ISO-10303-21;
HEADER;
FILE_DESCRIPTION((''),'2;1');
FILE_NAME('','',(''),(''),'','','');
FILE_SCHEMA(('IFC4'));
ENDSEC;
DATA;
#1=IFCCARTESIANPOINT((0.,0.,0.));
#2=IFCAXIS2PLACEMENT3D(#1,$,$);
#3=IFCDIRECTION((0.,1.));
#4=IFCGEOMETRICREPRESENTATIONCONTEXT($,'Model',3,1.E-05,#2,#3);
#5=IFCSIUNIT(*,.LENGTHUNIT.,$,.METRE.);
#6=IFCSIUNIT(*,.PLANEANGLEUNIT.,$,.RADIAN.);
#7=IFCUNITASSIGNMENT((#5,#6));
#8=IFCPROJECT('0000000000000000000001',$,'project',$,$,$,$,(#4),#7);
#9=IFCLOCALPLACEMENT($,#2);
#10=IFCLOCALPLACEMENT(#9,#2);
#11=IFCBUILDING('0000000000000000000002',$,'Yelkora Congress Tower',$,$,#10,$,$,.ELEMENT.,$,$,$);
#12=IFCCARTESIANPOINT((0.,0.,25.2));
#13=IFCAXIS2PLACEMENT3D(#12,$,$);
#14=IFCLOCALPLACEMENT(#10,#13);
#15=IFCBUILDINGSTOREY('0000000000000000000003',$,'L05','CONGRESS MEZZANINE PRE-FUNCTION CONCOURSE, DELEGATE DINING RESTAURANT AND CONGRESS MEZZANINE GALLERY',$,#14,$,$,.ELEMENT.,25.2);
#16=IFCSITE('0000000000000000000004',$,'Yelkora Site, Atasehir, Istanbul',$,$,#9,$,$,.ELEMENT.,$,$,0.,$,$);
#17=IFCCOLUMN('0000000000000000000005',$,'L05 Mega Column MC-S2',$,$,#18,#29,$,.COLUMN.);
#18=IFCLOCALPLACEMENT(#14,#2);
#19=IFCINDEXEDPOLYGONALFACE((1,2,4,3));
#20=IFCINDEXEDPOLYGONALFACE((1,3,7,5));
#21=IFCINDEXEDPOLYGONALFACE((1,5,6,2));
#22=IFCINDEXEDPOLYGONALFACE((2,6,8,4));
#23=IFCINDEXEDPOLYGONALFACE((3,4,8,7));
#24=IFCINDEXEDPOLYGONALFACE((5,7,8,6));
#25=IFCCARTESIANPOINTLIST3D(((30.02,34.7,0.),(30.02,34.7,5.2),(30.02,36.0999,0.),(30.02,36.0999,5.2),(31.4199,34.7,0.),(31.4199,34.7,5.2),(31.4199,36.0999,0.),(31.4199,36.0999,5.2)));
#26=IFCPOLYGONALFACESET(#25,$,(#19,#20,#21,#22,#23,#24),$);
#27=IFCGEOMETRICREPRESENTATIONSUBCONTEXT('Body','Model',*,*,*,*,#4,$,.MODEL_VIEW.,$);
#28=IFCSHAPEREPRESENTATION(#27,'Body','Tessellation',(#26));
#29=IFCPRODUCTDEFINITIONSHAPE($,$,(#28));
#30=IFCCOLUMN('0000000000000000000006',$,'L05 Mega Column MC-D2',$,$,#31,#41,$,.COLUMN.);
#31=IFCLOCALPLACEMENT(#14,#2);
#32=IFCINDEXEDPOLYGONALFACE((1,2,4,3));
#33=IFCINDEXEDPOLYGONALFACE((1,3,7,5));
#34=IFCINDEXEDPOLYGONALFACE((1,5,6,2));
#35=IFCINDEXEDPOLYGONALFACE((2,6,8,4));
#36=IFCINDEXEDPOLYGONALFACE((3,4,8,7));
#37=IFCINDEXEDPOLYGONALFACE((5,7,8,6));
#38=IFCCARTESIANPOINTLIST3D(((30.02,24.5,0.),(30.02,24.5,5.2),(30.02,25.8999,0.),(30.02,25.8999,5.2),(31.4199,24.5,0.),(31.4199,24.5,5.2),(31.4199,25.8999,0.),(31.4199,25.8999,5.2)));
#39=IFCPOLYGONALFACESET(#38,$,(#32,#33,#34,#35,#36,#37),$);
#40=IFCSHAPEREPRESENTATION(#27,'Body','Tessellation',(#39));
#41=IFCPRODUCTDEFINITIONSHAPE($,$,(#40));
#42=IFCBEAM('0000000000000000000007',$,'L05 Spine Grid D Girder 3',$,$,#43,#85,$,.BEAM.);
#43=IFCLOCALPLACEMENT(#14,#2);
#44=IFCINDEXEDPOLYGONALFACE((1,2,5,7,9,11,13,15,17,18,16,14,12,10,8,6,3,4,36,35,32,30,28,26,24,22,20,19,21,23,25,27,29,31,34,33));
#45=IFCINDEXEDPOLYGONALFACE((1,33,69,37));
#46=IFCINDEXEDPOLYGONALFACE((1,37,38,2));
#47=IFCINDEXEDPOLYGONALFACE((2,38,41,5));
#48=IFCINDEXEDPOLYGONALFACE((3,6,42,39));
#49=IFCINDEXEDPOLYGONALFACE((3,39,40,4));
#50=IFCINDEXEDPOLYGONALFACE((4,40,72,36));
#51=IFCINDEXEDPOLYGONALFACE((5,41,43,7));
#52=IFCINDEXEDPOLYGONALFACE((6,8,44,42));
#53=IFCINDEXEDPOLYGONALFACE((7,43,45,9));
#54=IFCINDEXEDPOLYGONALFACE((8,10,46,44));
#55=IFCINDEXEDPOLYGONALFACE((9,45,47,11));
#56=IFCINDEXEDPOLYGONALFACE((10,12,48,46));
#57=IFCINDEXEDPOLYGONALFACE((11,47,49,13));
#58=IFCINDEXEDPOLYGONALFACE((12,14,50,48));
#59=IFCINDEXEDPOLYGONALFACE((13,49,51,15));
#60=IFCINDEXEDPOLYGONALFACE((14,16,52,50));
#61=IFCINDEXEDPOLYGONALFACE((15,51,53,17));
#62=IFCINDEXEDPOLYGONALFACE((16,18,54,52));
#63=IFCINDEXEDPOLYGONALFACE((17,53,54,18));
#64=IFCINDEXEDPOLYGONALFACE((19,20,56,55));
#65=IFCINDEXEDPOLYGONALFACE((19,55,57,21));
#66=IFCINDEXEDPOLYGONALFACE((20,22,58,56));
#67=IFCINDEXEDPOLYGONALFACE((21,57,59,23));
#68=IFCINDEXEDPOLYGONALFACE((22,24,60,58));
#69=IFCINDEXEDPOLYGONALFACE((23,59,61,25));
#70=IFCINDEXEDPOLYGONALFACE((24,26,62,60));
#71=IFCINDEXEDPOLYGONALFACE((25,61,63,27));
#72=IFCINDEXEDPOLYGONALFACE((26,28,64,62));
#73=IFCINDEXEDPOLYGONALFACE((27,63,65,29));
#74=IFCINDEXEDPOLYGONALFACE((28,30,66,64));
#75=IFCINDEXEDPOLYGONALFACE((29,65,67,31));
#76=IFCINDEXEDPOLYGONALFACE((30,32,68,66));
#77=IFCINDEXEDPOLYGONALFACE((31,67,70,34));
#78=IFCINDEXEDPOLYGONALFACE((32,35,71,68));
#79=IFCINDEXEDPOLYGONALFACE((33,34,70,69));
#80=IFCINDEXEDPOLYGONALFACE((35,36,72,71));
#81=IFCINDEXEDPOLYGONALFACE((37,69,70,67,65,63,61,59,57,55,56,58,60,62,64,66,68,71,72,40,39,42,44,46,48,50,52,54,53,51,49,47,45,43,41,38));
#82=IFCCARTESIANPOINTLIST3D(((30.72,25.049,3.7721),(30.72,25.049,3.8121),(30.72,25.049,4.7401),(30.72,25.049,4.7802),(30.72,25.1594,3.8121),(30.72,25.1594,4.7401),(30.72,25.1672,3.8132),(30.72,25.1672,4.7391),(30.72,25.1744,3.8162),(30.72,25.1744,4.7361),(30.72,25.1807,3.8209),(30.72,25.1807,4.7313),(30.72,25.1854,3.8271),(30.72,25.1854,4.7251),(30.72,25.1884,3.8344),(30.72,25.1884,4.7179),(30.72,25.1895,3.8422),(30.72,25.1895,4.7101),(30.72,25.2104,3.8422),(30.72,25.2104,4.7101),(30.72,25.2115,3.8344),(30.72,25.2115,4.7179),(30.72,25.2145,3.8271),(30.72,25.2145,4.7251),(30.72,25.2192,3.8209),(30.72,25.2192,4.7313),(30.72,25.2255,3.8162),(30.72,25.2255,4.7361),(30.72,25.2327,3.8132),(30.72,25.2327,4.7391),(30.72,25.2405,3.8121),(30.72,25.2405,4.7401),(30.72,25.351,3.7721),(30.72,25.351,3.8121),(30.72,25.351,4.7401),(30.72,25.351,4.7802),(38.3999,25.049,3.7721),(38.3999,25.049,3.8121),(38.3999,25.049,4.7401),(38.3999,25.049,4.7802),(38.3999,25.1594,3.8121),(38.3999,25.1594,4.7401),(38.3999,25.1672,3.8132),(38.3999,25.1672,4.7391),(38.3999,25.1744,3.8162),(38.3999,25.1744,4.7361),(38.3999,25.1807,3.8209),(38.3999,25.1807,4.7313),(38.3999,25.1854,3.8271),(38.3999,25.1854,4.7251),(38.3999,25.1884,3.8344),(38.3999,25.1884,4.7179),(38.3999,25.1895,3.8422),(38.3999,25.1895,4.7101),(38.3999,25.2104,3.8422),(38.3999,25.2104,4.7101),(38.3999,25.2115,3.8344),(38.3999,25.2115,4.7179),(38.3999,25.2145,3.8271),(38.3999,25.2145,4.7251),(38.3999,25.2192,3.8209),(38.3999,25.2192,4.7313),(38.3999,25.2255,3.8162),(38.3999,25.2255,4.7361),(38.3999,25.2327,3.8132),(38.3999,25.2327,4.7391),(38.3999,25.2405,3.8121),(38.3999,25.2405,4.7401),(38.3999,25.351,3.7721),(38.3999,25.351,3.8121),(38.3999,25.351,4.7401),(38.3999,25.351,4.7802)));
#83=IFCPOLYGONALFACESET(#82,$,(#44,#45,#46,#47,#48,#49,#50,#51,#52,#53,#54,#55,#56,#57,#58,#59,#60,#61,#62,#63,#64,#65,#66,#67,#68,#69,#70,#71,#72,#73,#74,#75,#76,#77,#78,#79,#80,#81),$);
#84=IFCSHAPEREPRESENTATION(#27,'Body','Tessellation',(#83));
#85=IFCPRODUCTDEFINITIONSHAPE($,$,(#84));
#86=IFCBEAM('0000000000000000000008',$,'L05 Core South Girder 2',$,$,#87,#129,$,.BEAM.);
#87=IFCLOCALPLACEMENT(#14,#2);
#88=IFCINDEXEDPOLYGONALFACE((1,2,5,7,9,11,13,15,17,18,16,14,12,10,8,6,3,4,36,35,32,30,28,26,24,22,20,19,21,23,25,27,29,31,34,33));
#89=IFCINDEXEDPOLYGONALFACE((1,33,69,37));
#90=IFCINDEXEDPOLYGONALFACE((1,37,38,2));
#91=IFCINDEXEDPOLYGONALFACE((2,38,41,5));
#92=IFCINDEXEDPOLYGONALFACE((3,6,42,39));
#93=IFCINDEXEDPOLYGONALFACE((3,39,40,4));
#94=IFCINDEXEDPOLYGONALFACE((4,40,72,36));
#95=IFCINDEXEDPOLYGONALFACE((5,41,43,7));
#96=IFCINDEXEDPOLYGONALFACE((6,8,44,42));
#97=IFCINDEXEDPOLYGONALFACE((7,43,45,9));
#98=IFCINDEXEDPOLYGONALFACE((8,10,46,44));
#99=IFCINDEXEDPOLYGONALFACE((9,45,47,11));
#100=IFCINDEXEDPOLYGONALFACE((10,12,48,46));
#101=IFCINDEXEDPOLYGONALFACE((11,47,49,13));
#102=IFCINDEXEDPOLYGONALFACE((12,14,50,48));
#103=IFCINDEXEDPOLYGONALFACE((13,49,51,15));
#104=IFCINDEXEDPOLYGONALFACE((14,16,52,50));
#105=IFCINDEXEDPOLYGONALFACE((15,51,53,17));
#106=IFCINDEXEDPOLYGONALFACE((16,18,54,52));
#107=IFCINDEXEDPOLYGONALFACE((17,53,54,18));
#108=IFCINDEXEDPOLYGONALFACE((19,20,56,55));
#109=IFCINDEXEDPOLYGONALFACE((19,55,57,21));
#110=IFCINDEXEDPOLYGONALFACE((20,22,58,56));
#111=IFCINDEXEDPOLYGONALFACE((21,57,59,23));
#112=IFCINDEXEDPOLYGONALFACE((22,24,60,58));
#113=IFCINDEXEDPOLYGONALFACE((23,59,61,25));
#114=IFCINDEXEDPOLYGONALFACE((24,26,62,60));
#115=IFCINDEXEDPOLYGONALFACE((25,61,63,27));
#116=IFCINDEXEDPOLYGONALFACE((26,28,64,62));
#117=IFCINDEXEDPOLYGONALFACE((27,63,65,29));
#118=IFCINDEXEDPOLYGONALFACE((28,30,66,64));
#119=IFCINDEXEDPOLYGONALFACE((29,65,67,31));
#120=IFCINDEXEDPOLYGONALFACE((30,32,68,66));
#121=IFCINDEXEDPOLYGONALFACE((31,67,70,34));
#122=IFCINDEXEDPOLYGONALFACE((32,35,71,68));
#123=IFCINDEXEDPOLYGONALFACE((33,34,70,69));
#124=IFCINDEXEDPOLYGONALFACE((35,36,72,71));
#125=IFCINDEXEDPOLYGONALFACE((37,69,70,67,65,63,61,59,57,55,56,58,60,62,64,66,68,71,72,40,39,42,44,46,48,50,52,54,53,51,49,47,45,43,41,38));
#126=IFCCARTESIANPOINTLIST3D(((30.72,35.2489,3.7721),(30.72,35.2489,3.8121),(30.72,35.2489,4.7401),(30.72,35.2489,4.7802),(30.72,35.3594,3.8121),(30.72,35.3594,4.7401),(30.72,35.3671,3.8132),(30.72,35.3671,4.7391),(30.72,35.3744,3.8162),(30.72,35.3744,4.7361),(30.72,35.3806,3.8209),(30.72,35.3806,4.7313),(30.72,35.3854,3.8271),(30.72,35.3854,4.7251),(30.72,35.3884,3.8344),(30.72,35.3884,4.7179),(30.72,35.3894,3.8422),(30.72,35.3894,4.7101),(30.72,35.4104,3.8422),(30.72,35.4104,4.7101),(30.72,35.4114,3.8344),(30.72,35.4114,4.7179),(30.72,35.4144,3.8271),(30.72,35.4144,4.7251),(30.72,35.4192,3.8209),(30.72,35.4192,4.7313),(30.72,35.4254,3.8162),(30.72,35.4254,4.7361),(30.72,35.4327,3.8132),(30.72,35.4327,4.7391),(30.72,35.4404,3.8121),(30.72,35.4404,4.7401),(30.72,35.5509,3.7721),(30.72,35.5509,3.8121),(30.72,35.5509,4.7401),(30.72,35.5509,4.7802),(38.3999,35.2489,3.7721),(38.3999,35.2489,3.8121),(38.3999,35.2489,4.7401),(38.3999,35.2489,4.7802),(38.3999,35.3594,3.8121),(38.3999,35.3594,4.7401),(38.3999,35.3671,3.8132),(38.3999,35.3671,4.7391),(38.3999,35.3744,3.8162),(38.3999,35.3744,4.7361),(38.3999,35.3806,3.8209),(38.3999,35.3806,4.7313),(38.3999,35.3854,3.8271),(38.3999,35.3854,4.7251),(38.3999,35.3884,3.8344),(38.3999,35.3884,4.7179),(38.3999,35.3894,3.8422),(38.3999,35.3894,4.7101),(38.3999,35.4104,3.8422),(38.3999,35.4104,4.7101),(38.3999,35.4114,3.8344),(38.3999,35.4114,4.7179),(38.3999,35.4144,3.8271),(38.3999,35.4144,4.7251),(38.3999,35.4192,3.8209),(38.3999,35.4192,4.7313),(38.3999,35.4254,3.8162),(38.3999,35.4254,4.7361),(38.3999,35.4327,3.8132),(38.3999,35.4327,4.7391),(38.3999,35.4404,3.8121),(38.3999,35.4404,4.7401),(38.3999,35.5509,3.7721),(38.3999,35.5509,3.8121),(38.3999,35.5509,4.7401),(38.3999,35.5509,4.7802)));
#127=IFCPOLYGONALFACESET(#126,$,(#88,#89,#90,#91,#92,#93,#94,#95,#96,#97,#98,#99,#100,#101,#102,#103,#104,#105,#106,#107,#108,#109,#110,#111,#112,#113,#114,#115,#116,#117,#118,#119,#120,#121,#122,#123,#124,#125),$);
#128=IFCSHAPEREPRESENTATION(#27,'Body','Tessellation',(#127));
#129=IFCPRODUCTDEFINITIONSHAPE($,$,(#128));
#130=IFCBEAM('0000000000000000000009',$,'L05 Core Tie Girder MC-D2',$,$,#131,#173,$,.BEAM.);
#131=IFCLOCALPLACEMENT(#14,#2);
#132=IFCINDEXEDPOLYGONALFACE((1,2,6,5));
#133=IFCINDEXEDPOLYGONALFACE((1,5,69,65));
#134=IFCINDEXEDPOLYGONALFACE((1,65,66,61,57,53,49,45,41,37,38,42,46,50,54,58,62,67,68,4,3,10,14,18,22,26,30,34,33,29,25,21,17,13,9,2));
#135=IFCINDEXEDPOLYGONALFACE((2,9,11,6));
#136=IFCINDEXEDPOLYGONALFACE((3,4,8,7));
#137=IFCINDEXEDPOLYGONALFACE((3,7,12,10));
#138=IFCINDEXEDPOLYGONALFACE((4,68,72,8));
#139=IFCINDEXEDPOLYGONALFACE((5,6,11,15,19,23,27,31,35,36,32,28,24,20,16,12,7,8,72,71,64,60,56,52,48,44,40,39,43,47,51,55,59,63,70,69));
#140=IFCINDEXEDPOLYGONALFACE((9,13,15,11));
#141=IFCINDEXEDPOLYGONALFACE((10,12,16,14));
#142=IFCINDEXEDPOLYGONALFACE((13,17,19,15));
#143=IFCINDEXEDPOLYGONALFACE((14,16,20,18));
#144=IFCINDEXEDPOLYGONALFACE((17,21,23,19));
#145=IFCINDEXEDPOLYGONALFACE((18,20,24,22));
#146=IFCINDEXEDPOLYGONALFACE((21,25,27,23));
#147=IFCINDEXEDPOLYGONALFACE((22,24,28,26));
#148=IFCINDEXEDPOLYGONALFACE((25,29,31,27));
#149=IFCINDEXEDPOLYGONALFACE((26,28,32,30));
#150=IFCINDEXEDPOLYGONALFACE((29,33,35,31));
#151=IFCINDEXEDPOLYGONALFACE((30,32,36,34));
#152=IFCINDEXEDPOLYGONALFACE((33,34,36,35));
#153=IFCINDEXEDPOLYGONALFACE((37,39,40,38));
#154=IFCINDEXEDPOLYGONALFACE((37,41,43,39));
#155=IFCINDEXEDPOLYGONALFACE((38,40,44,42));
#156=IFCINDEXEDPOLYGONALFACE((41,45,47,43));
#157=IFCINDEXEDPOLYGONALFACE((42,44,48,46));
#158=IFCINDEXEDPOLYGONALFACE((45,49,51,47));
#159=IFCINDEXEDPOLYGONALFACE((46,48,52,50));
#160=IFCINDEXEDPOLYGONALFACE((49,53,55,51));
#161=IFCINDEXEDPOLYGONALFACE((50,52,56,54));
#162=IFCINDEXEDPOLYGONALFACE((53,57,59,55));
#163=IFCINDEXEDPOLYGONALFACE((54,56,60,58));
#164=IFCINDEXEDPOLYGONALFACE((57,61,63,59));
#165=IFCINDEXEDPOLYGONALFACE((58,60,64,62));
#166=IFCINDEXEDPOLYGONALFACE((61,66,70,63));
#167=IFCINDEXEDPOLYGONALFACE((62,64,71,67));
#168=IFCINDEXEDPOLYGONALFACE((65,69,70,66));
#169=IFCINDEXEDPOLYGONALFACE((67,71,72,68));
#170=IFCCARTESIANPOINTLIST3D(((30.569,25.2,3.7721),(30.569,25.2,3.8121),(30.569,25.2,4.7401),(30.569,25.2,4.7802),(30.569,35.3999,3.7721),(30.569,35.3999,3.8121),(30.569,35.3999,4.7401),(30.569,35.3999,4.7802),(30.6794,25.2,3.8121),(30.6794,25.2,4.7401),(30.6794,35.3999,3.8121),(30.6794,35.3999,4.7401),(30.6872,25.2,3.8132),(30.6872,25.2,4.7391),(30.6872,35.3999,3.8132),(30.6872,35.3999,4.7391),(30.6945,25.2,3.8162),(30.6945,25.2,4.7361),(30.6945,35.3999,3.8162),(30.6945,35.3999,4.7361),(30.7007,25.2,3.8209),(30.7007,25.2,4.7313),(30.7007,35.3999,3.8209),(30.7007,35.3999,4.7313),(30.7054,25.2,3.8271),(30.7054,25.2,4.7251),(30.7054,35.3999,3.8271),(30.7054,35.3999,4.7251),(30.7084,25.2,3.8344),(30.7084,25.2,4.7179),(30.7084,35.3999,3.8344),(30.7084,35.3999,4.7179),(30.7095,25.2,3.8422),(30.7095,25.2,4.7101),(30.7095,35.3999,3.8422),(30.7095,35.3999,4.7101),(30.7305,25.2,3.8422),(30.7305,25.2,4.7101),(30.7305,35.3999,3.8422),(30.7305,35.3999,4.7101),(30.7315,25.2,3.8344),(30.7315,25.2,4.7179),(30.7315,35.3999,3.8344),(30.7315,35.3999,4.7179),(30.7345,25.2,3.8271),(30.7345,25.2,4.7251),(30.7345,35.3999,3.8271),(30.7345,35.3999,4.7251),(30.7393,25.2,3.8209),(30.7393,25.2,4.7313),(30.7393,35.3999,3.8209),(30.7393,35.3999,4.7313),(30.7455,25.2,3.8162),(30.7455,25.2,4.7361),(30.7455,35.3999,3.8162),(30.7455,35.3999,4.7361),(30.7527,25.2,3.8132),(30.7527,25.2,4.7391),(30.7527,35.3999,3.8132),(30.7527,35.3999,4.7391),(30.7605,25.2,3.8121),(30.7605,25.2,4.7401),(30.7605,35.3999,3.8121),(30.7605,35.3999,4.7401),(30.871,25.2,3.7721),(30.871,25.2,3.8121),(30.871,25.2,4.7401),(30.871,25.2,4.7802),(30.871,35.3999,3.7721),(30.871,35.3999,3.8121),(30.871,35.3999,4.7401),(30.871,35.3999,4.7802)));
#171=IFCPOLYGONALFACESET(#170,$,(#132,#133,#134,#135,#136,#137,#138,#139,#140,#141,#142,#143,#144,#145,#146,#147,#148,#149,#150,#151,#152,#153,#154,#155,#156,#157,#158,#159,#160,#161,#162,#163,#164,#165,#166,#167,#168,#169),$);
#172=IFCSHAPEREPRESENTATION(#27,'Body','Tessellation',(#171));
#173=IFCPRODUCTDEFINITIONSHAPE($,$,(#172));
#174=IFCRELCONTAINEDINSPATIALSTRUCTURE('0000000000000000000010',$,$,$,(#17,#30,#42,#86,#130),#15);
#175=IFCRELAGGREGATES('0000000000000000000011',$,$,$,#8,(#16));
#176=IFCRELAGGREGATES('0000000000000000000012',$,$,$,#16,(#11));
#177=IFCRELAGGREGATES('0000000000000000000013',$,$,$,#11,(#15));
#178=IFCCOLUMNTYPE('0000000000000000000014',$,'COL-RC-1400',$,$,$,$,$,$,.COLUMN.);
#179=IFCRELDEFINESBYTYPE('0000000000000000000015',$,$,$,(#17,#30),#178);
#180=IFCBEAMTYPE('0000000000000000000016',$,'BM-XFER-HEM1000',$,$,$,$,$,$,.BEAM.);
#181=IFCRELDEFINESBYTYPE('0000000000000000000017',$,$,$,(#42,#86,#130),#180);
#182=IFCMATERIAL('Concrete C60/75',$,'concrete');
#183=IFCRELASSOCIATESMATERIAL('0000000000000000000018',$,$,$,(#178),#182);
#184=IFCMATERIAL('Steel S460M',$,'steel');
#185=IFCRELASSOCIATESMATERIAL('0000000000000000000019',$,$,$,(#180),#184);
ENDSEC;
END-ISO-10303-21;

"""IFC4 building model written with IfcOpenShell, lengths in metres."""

from ifc_helpers import new_model, si_unit, direction, frame, origin, origin_2d, place, context, subcontext, project, spatial, rectangle, i_section, extrude, material, material_profile, profile_set, type_object, element, save


model = new_model("IFC4")

# Units and contexts
model_context = context("Model", 3, precision=1e-05, world=origin(), true_north=direction((0.0, 1.0)))
body_context = subcontext(model_context, "Body", "Model", "MODEL_VIEW")
ifc_project = project(units=[si_unit("LENGTHUNIT", "METRE"), si_unit("PLANEANGLEUNIT", "RADIAN")], contexts=[model_context])

# Site, building, storey
site_placement = place(None, origin())
site = spatial("IfcSite", under=ifc_project, at=site_placement, Name="Yelkora Site, Atasehir, Istanbul", CompositionType="ELEMENT", RefElevation=0.0)
building_placement = place(site_placement, origin())
building = spatial("IfcBuilding", under=site, at=building_placement, Name="Yelkora Congress Tower", CompositionType="ELEMENT")
storey_placement = place(building_placement, frame((0.0, 0.0, 25.2)))
storey = spatial("IfcBuildingStorey", under=building, at=storey_placement, Name="L05", Description="CONGRESS MEZZANINE PRE-FUNCTION CONCOURSE, DELEGATE DINING RESTAURANT AND CONGRESS MEZZANINE GALLERY", CompositionType="ELEMENT", Elevation=25.2)

# Columns
ifc_material_1 = material(Name="Concrete C60/75", Category="concrete")
ifc_material_profile_1 = material_profile(ifc_material_1, rectangle(XDim=1.3999, YDim=1.3999, at=origin_2d()), Name="RC 1400x1400")
ifc_profile_set_1 = profile_set([ifc_material_profile_1], Name="Concrete C60/75")
column_type = type_object("IfcColumnType", Name="COL-RC-1400", PredefinedType="COLUMN", material=ifc_profile_set_1)
for number, where, z_axis, x_axis, name in (
    (1, (30.72, 35.3999, 0.0), (0.0, 0.0, 1.0), (1.0, 0.0, 0.0), "L05 Mega Column MC-S2"),
    (2, (30.72, 25.2, 0.0), (0.0, 0.0, 1.0), (1.0, 0.0, 0.0), "L05 Mega Column MC-D2"),
):
    element("IfcColumn", number, at=place(storey_placement, frame(where, z_axis=z_axis, x_axis=x_axis)), inside=storey, type_object=column_type, Name=name, PredefinedType="COLUMN", context=body_context, shape_type="SweptSolid", body=[
        extrude(rectangle(XDim=1.3999, YDim=1.3999, at=origin_2d()), origin(), (0.0, 0.0, 1.0), 5.2),
    ])

# Beams
ifc_material_2 = material(Name="Steel S460M", Category="steel")
ifc_material_profile_2 = material_profile(ifc_material_2, i_section(OverallWidth=0.302, OverallDepth=1.0081, WebThickness=0.021, FlangeThickness=0.04, FilletRadius=0.03, at=origin_2d()), Name="HEM 1000")
ifc_profile_set_2 = profile_set([ifc_material_profile_2], Name="Steel S460M")
beam_type = type_object("IfcBeamType", Name="BM-XFER-HEM1000", PredefinedType="BEAM", material=ifc_profile_set_2)
for number, where, z_axis, x_axis, name in (
    (3, (30.72, 25.2, 4.2761), (1.0, 0.0, 0.0), (0.0, 1.0, 0.0), "L05 Spine Grid D Girder 3"),
    (4, (30.72, 35.3999, 4.2761), (1.0, 0.0, 0.0), (0.0, 1.0, 0.0), "L05 Core South Girder 2"),
):
    element("IfcBeam", number, at=place(storey_placement, frame(where, z_axis=z_axis, x_axis=x_axis)), inside=storey, type_object=beam_type, Name=name, PredefinedType="BEAM", context=body_context, shape_type="SweptSolid", body=[
        extrude(i_section(OverallWidth=0.302, OverallDepth=1.0081, WebThickness=0.021, FlangeThickness=0.04, FilletRadius=0.03, at=origin_2d()), origin(), (0.0, 0.0, 1.0), 7.6799),
    ])
beam_1_placement = place(storey_placement, frame((30.72, 25.2, 4.2761), z_axis=(0.0, 1.0, 0.0), x_axis=(-1.0, 0.0, 0.0)))
element("IfcBeam", 5, at=beam_1_placement, inside=storey, type_object=beam_type, Name="L05 Core Tie Girder MC-D2", PredefinedType="BEAM", context=body_context, shape_type="SweptSolid", body=[
    extrude(i_section(OverallWidth=0.302, OverallDepth=1.0081, WebThickness=0.021, FlangeThickness=0.04, FilletRadius=0.03, at=origin_2d()), origin(), (0.0, 0.0, 1.0), 10.2),
])

save(model, "model.ifc")
